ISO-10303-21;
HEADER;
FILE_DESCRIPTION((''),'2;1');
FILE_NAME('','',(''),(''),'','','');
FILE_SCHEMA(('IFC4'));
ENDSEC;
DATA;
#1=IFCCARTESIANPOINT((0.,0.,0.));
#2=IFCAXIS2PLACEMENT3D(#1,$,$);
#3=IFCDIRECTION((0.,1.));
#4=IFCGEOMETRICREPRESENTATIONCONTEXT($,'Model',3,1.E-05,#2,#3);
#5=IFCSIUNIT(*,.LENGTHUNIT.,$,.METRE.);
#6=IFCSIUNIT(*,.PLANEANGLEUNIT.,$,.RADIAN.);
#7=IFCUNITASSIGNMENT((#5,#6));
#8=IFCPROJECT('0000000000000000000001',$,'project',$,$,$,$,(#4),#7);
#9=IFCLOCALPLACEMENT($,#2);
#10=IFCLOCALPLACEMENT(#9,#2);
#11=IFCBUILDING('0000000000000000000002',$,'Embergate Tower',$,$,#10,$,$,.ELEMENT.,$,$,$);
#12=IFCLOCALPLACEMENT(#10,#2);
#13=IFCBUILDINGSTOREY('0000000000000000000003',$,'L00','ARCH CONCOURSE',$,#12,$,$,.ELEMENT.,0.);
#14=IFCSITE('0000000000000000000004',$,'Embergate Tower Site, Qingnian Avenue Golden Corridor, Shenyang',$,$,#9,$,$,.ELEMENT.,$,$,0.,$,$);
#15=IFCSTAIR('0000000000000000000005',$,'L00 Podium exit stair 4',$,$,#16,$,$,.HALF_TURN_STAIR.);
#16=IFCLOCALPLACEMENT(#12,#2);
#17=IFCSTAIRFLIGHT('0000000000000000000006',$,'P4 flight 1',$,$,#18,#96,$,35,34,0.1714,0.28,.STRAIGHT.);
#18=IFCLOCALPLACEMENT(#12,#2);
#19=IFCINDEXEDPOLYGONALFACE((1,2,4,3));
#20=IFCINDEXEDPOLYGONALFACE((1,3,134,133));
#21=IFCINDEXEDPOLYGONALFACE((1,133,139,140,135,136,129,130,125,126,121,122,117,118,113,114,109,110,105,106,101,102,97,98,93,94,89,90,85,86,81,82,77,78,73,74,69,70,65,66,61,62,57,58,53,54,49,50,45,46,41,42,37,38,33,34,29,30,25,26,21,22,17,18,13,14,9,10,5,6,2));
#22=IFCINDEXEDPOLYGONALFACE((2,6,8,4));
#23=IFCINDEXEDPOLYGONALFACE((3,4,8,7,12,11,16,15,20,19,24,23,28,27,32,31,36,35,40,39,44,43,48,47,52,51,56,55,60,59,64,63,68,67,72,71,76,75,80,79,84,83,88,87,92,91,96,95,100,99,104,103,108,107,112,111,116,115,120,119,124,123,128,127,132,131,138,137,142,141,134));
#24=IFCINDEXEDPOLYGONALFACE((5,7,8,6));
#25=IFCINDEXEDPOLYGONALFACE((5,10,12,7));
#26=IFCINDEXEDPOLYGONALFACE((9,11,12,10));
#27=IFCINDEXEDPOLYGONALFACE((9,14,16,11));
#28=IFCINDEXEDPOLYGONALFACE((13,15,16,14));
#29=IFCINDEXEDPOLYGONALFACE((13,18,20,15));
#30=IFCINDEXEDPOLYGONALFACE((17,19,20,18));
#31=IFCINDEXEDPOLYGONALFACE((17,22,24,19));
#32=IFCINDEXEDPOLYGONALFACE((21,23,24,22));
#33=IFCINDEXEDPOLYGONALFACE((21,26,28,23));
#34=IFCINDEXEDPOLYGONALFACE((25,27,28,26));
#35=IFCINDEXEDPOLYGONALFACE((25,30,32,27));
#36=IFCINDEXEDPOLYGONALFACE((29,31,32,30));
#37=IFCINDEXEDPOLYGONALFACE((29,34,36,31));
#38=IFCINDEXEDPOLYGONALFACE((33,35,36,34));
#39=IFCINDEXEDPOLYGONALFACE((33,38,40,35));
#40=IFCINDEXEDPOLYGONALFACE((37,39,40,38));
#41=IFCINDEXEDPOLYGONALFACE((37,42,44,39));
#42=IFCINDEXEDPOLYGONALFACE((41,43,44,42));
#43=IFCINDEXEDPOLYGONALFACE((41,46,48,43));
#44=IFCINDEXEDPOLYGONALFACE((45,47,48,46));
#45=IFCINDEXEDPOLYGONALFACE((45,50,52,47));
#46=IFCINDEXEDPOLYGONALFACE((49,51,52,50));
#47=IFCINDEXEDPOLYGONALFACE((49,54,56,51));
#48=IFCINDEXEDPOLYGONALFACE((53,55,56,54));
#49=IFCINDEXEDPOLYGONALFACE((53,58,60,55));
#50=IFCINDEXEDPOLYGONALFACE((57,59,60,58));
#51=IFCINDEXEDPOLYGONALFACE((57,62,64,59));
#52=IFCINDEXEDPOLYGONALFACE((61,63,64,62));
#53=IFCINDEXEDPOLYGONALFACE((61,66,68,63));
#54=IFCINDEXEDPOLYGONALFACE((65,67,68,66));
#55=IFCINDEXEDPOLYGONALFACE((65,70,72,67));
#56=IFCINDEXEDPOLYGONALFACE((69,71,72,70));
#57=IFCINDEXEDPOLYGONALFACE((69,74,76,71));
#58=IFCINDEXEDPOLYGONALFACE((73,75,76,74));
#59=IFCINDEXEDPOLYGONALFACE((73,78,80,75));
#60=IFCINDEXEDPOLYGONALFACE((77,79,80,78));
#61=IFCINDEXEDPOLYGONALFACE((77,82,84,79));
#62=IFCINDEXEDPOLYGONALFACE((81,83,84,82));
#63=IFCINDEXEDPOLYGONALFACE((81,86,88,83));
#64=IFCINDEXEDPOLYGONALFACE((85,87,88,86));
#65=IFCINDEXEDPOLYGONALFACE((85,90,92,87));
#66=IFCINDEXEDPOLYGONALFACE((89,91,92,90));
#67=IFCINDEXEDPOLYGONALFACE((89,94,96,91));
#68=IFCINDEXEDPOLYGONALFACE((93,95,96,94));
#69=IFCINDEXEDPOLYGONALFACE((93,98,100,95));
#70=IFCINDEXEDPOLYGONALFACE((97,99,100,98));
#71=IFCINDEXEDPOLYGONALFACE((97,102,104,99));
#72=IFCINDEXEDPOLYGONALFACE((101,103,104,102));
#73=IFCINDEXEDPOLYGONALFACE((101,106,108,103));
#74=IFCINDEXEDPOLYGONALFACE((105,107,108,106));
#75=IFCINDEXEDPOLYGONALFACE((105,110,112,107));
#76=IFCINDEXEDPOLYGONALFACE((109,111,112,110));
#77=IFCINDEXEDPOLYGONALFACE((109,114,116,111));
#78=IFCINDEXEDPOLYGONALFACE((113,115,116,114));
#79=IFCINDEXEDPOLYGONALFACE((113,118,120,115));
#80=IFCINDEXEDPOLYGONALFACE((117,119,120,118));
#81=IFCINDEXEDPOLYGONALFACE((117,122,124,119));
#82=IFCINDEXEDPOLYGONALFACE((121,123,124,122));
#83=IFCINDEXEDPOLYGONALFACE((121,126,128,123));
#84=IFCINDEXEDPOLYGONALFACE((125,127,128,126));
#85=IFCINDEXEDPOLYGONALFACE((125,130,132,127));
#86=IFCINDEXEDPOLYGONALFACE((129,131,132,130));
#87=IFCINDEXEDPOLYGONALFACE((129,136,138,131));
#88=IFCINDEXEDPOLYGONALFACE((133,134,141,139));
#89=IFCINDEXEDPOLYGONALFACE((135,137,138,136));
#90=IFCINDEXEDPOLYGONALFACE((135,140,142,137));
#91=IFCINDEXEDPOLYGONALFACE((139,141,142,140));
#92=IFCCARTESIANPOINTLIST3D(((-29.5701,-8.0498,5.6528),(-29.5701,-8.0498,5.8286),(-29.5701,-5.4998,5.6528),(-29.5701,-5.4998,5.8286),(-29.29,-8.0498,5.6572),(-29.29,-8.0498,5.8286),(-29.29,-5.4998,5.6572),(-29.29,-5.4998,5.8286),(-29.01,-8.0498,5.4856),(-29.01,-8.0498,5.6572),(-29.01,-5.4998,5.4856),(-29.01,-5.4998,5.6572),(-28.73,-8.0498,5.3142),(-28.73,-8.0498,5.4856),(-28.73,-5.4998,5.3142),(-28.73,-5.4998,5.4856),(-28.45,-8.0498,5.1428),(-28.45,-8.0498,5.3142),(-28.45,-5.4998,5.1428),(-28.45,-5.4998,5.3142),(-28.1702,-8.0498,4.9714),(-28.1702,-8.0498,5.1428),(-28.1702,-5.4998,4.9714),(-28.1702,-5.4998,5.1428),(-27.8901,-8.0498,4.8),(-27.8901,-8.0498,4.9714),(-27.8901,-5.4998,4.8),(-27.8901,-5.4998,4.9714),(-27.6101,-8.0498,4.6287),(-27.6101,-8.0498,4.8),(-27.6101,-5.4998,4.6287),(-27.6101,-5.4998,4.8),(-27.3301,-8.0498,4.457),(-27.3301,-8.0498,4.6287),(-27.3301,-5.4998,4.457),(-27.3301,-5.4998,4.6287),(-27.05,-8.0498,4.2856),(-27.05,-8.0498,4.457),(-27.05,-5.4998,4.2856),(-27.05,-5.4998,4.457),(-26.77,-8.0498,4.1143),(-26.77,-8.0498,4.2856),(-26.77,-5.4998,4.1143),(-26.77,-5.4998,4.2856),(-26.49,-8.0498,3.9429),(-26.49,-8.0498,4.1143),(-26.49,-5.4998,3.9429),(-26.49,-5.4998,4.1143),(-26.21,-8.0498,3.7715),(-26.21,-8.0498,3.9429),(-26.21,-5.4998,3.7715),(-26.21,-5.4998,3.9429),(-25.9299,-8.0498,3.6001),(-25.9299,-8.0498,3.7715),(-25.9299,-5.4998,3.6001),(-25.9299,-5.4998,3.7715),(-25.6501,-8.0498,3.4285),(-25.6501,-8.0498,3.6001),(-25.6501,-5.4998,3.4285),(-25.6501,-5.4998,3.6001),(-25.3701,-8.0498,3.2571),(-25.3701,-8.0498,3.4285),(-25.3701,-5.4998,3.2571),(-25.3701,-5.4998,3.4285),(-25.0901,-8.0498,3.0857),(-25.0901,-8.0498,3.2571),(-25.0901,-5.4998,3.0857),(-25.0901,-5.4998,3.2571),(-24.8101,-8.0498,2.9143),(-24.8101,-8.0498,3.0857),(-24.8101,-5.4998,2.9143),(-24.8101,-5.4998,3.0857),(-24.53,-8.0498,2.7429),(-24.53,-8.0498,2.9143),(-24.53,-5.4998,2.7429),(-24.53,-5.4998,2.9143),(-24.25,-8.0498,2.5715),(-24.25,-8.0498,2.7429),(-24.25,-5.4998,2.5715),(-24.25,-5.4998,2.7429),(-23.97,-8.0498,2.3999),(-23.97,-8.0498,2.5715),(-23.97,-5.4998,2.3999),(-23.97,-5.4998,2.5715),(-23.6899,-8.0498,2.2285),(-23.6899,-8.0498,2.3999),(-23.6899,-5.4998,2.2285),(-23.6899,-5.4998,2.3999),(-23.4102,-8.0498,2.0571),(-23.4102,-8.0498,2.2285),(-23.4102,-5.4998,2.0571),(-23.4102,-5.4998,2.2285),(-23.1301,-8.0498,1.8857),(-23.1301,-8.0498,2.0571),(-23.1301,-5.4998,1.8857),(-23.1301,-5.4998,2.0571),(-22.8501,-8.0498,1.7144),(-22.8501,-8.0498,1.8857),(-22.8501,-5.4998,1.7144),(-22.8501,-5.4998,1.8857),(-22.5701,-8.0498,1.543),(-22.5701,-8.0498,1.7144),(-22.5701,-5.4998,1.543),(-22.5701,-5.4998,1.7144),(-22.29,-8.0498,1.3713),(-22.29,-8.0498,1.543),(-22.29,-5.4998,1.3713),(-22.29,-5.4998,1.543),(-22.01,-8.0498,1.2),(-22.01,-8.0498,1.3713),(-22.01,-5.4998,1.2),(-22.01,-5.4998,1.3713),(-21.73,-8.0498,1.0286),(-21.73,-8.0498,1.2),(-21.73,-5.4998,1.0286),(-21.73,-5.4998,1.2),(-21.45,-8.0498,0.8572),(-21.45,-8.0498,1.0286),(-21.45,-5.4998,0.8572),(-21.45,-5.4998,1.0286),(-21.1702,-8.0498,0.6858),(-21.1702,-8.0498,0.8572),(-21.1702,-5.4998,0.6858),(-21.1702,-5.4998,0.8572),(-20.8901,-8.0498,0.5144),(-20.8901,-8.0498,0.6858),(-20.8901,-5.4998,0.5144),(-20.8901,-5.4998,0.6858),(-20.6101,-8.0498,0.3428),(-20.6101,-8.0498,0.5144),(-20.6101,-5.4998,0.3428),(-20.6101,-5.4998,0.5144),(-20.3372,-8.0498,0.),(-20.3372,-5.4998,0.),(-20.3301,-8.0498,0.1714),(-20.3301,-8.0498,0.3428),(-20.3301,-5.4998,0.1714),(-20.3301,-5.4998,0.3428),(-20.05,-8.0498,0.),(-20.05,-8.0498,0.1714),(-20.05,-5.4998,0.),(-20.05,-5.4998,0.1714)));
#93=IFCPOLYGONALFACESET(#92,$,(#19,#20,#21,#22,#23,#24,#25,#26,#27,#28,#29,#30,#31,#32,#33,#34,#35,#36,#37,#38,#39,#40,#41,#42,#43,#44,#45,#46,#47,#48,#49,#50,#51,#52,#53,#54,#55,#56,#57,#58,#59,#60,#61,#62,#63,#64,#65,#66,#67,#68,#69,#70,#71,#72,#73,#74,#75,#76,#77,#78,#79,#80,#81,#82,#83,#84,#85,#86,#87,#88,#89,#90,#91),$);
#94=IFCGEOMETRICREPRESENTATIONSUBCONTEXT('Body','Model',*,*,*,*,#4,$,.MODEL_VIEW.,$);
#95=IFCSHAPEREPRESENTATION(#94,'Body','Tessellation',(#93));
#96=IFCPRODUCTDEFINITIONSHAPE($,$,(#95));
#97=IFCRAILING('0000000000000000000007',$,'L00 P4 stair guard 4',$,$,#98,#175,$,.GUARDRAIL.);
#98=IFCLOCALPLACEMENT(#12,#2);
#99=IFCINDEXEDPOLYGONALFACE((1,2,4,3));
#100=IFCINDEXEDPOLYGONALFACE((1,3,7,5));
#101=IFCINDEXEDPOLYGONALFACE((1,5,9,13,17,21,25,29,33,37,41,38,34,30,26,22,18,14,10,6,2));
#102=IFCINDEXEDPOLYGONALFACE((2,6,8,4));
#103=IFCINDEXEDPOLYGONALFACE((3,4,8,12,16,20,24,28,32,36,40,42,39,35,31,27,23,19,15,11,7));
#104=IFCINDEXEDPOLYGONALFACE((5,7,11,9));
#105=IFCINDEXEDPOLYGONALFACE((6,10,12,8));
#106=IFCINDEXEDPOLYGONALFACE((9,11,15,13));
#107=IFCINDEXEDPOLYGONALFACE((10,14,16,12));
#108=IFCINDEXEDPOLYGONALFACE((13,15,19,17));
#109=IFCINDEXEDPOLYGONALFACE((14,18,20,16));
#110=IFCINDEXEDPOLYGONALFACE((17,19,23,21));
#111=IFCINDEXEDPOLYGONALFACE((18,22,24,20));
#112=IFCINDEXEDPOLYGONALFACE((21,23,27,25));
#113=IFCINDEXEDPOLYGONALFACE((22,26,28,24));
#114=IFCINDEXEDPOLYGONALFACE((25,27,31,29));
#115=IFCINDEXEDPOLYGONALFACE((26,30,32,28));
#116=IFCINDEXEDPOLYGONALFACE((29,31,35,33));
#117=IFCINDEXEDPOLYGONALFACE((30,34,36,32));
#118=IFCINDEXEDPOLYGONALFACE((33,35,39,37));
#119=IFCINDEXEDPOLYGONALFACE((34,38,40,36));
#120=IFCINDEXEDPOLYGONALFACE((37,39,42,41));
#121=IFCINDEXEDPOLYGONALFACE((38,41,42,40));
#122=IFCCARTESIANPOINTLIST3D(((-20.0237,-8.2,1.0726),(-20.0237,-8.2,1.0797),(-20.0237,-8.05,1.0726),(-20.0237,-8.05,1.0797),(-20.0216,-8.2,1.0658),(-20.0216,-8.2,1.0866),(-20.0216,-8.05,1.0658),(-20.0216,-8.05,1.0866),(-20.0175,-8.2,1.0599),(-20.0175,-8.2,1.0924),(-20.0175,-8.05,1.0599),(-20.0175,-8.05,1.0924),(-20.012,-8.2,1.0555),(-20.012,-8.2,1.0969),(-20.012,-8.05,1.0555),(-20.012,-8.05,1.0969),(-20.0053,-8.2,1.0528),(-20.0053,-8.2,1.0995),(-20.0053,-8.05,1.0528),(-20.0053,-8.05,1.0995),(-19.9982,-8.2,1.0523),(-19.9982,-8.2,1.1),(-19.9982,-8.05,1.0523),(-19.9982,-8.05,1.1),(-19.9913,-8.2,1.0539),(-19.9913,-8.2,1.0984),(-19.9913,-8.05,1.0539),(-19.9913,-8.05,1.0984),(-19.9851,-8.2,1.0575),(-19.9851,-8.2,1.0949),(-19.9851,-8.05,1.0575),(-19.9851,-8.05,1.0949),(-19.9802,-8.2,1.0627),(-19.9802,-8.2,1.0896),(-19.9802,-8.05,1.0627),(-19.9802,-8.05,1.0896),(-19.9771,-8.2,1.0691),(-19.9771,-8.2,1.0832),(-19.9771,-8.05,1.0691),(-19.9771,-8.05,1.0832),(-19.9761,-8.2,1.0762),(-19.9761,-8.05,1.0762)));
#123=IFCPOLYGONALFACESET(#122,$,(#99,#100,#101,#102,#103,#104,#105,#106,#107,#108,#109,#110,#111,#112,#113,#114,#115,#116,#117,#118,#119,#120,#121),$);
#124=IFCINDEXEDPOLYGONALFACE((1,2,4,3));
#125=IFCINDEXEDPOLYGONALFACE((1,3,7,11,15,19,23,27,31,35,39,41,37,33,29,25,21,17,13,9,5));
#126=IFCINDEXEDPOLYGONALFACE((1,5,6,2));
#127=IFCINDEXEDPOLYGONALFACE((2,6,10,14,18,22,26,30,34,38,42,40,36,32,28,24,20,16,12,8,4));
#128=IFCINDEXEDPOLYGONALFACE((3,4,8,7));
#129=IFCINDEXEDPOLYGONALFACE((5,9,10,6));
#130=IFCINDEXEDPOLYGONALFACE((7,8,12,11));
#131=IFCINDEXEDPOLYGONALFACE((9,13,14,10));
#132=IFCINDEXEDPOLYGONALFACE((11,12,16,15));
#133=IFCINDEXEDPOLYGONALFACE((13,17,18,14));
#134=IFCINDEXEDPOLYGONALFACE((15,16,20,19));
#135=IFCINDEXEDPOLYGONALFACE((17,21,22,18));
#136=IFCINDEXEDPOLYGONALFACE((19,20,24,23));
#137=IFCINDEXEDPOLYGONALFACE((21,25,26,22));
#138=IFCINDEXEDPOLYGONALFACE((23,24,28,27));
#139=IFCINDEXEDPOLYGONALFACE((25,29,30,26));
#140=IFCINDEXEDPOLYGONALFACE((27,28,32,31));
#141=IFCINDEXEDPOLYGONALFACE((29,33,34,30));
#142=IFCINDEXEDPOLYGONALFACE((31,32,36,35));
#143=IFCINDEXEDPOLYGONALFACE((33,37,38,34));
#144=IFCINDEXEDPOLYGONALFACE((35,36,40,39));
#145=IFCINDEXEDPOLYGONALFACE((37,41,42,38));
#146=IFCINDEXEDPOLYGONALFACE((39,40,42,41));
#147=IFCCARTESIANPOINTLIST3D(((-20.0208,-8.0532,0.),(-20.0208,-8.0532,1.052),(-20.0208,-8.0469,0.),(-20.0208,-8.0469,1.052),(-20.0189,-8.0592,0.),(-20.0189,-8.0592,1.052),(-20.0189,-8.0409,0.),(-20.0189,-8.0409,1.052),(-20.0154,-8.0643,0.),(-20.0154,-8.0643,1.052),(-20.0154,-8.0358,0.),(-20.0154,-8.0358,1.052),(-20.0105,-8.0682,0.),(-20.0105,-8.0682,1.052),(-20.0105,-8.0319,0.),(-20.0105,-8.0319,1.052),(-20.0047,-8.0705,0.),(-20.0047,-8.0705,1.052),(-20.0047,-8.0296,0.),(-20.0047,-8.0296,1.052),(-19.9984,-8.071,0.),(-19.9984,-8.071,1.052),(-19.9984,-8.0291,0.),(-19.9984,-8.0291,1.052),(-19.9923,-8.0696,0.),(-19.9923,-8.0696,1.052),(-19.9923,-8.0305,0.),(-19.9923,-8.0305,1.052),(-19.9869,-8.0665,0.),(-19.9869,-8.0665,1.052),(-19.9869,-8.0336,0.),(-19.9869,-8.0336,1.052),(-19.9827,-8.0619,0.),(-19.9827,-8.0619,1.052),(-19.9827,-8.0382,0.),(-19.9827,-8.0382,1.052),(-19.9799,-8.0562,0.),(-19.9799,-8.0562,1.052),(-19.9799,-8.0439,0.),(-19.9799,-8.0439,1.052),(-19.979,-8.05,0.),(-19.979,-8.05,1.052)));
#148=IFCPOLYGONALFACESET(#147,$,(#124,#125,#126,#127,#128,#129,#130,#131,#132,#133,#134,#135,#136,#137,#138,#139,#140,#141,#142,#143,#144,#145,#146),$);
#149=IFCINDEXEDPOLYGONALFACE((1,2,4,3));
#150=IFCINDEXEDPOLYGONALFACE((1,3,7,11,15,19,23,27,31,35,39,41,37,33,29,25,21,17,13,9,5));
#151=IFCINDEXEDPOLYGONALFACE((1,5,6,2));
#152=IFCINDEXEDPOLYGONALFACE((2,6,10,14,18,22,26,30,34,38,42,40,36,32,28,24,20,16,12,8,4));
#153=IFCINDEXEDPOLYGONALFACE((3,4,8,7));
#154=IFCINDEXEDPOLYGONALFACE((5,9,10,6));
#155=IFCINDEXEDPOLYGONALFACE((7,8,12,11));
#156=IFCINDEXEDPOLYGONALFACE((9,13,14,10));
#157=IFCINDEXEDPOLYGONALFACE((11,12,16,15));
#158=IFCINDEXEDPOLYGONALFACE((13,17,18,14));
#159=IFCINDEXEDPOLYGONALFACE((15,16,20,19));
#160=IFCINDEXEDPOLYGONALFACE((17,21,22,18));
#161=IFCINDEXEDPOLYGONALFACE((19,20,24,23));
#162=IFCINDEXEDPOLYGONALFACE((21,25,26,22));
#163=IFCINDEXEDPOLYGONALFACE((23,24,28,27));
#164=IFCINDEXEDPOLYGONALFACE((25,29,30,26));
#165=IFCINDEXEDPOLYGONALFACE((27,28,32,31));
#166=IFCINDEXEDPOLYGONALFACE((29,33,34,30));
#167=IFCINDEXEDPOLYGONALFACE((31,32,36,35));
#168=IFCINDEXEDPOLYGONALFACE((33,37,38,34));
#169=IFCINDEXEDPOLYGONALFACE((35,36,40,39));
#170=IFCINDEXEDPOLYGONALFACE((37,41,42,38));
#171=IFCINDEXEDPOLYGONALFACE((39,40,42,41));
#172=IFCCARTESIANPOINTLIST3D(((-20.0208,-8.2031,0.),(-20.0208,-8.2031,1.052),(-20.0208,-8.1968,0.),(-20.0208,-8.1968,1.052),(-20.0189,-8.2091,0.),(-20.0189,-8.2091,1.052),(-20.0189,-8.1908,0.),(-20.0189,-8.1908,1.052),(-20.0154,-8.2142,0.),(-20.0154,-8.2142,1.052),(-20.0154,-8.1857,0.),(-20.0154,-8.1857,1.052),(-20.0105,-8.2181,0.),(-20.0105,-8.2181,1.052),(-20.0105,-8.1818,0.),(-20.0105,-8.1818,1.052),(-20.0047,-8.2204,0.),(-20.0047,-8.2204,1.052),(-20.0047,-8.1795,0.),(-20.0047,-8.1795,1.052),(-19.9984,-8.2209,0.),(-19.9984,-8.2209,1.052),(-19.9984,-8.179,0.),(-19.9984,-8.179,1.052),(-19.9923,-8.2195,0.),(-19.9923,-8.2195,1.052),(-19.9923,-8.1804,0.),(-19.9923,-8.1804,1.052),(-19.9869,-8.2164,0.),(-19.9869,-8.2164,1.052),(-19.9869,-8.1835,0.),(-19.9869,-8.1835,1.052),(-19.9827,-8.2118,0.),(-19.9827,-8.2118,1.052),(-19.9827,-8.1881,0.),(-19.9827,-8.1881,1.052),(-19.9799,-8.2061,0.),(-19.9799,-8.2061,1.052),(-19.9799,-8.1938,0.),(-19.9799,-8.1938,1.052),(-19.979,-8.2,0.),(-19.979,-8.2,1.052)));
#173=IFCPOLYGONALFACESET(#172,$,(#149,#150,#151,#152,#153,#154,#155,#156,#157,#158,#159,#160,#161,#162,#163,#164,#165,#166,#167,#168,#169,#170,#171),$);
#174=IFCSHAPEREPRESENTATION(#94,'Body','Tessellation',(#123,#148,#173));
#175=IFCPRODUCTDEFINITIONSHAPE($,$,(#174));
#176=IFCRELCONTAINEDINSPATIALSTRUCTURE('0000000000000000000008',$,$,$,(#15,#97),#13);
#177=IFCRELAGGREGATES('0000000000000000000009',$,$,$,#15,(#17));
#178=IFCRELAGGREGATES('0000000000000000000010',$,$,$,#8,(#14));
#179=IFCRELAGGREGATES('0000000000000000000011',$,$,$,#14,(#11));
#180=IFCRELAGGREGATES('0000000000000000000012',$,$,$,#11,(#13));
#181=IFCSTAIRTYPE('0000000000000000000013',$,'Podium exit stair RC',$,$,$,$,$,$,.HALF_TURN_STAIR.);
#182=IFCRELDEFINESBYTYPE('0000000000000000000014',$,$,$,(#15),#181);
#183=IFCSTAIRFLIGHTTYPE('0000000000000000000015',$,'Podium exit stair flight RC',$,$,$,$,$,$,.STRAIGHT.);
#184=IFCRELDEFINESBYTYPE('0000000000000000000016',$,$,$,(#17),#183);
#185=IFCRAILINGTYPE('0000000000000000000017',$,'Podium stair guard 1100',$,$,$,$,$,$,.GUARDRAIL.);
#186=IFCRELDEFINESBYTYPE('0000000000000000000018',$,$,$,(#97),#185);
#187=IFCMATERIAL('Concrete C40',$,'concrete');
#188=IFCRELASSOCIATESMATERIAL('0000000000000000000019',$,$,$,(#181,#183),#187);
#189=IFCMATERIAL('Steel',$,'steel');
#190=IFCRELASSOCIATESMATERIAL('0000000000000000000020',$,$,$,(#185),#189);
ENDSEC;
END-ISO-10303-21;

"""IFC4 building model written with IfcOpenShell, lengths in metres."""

from ifc_helpers import new_model, si_unit, direction, frame, origin, origin_2d, place, context, subcontext, project, spatial, polyline, circle, outline, extrude, source, transform, mapped, material, type_object, element, aggregate, save


model = new_model("IFC4")

# Units and contexts
model_context = context("Model", 3, precision=1e-05, world=origin(), true_north=direction((0.0, 1.0)))
body_context = subcontext(model_context, "Body", "Model", "MODEL_VIEW")
ifc_project = project(units=[si_unit("LENGTHUNIT", "METRE"), si_unit("PLANEANGLEUNIT", "RADIAN")], contexts=[model_context])

# Site, building, storey
site_placement = place(None, origin())
site = spatial("IfcSite", under=ifc_project, at=site_placement, Name="Embergate Tower Site, Qingnian Avenue Golden Corridor, Shenyang", CompositionType="ELEMENT", RefElevation=0.0)
building_placement = place(site_placement, origin())
building = spatial("IfcBuilding", under=site, at=building_placement, Name="Embergate Tower", CompositionType="ELEMENT")
storey_placement = place(building_placement, origin())
storey = spatial("IfcBuildingStorey", under=building, at=storey_placement, Name="L00", Description="ARCH CONCOURSE", CompositionType="ELEMENT", Elevation=0.0)

# Shared definitions
ifc_material_1 = material(Name="Concrete C40", Category="concrete")

# Stair, stair flight
stair_type_1 = type_object("IfcStairType", Name="Podium exit stair RC", PredefinedType="HALF_TURN_STAIR", material=ifc_material_1)
stair_1_placement = place(storey_placement, origin())
stair_1 = element("IfcStair", 1, at=stair_1_placement, inside=storey, type_object=stair_type_1, Name="L00 Podium exit stair 4", PredefinedType="HALF_TURN_STAIR")
stair_flight_type_1 = type_object("IfcStairFlightType", Name="Podium exit stair flight RC", PredefinedType="STRAIGHT", material=ifc_material_1)
shared_shape_1 = source(origin(), body_context, "Body", "SweptSolid", [
    extrude(outline(polyline([(0.0, 0.0), (0.0, 0.1714), (0.28, 0.1714), (0.28, 0.3428), (0.5601, 0.3428), (0.5601, 0.5144), (0.8401, 0.5144), (0.8401, 0.6858), (1.1201, 0.6858), (1.1201, 0.8572), (1.3999, 0.8572), (1.3999, 1.0286), (1.6799, 1.0286), (1.6799, 1.2), (1.96, 1.2), (1.96, 1.3713), (2.24, 1.3713), (2.24, 1.543), (2.52, 1.543), (2.52, 1.7144), (2.8, 1.7144), (2.8, 1.8857), (3.0801, 1.8857), (3.0801, 2.0571), (3.3601, 2.0571), (3.3601, 2.2285), (3.6399, 2.2285), (3.6399, 2.3999), (3.9199, 2.3999), (3.9199, 2.5715), (4.2, 2.5715), (4.2, 2.7429), (4.48, 2.7429), (4.48, 2.9143), (4.76, 2.9143), (4.76, 3.0857), (5.04, 3.0857), (5.04, 3.2571), (5.3201, 3.2571), (5.3201, 3.4285), (5.6001, 3.4285), (5.6001, 3.6001), (5.8799, 3.6001), (5.8799, 3.7715), (6.1599, 3.7715), (6.1599, 3.9429), (6.4399, 3.9429), (6.4399, 4.1143), (6.72, 4.1143), (6.72, 4.2856), (7.0, 4.2856), (7.0, 4.457), (7.28, 4.457), (7.28, 4.6287), (7.5601, 4.6287), (7.5601, 4.8), (7.8401, 4.8), (7.8401, 4.9714), (8.1201, 4.9714), (8.1201, 5.1428), (8.3999, 5.1428), (8.3999, 5.3142), (8.6799, 5.3142), (8.6799, 5.4856), (8.96, 5.4856), (8.96, 5.6572), (9.24, 5.6572), (9.24, 5.8286), (9.52, 5.8286), (9.52, 6.0), (9.52, 5.6528), (0.2871, 0.0), (0.0, 0.0)])), frame((0.0, 1.2749, 0.0), z_axis=(0.0, -1.0, 0.0), x_axis=(1.0, 0.0, 0.0)), (0.0, 0.0, 1.0), 2.55),
])
stair_flight_1_placement = place(storey_placement, frame((-20.05, -6.7749, 0.0), z_axis=(0.0, 0.0, 1.0), x_axis=(-1.0, 0.0, 0.0)))
stair_flight_1 = element("IfcStairFlight", 2, at=stair_flight_1_placement, type_object=stair_flight_type_1, Name="P4 flight 1", NumberOfRisers=35, NumberOfTreads=34, PredefinedType="STRAIGHT", RiserHeight=0.1714, TreadLength=0.28, context=body_context, shape_type="MappedRepresentation", body=[
    mapped(shared_shape_1, transform((0.0, 0.0, 0.0))),
])
aggregate(stair_1, [stair_flight_1])

# Railing
ifc_material_2 = material(Name="Steel", Category="steel")
railing_type_1 = type_object("IfcRailingType", Name="Podium stair guard 1100", PredefinedType="GUARDRAIL", material=ifc_material_2)
shared_shape_2 = source(origin(), body_context, "Body", "SweptSolid", [
    extrude(circle(Radius=0.0239, at=origin_2d()), frame((0.0, 0.0, 1.0762), z_axis=(0.0, -1.0, 0.0), x_axis=(1.0, 0.0, 0.0)), (0.0, 0.0, 1.0), 0.1499),
    extrude(circle(Radius=0.021, at=origin_2d()), origin(), (0.0, 0.0, 1.0), 1.052),
    extrude(circle(Radius=0.021, at=origin_2d()), frame((0.0, -0.1499, 0.0)), (0.0, 0.0, 1.0), 1.052),
])
railing_1_placement = place(storey_placement, frame((-20.0, -8.05, 0.0)))
element("IfcRailing", 3, at=railing_1_placement, inside=storey, type_object=railing_type_1, Name="L00 P4 stair guard 4", PredefinedType="GUARDRAIL", context=body_context, shape_type="MappedRepresentation", body=[
    mapped(shared_shape_2, transform((0.0, 0.0, 0.0))),
])

save(model, "model.ifc")
